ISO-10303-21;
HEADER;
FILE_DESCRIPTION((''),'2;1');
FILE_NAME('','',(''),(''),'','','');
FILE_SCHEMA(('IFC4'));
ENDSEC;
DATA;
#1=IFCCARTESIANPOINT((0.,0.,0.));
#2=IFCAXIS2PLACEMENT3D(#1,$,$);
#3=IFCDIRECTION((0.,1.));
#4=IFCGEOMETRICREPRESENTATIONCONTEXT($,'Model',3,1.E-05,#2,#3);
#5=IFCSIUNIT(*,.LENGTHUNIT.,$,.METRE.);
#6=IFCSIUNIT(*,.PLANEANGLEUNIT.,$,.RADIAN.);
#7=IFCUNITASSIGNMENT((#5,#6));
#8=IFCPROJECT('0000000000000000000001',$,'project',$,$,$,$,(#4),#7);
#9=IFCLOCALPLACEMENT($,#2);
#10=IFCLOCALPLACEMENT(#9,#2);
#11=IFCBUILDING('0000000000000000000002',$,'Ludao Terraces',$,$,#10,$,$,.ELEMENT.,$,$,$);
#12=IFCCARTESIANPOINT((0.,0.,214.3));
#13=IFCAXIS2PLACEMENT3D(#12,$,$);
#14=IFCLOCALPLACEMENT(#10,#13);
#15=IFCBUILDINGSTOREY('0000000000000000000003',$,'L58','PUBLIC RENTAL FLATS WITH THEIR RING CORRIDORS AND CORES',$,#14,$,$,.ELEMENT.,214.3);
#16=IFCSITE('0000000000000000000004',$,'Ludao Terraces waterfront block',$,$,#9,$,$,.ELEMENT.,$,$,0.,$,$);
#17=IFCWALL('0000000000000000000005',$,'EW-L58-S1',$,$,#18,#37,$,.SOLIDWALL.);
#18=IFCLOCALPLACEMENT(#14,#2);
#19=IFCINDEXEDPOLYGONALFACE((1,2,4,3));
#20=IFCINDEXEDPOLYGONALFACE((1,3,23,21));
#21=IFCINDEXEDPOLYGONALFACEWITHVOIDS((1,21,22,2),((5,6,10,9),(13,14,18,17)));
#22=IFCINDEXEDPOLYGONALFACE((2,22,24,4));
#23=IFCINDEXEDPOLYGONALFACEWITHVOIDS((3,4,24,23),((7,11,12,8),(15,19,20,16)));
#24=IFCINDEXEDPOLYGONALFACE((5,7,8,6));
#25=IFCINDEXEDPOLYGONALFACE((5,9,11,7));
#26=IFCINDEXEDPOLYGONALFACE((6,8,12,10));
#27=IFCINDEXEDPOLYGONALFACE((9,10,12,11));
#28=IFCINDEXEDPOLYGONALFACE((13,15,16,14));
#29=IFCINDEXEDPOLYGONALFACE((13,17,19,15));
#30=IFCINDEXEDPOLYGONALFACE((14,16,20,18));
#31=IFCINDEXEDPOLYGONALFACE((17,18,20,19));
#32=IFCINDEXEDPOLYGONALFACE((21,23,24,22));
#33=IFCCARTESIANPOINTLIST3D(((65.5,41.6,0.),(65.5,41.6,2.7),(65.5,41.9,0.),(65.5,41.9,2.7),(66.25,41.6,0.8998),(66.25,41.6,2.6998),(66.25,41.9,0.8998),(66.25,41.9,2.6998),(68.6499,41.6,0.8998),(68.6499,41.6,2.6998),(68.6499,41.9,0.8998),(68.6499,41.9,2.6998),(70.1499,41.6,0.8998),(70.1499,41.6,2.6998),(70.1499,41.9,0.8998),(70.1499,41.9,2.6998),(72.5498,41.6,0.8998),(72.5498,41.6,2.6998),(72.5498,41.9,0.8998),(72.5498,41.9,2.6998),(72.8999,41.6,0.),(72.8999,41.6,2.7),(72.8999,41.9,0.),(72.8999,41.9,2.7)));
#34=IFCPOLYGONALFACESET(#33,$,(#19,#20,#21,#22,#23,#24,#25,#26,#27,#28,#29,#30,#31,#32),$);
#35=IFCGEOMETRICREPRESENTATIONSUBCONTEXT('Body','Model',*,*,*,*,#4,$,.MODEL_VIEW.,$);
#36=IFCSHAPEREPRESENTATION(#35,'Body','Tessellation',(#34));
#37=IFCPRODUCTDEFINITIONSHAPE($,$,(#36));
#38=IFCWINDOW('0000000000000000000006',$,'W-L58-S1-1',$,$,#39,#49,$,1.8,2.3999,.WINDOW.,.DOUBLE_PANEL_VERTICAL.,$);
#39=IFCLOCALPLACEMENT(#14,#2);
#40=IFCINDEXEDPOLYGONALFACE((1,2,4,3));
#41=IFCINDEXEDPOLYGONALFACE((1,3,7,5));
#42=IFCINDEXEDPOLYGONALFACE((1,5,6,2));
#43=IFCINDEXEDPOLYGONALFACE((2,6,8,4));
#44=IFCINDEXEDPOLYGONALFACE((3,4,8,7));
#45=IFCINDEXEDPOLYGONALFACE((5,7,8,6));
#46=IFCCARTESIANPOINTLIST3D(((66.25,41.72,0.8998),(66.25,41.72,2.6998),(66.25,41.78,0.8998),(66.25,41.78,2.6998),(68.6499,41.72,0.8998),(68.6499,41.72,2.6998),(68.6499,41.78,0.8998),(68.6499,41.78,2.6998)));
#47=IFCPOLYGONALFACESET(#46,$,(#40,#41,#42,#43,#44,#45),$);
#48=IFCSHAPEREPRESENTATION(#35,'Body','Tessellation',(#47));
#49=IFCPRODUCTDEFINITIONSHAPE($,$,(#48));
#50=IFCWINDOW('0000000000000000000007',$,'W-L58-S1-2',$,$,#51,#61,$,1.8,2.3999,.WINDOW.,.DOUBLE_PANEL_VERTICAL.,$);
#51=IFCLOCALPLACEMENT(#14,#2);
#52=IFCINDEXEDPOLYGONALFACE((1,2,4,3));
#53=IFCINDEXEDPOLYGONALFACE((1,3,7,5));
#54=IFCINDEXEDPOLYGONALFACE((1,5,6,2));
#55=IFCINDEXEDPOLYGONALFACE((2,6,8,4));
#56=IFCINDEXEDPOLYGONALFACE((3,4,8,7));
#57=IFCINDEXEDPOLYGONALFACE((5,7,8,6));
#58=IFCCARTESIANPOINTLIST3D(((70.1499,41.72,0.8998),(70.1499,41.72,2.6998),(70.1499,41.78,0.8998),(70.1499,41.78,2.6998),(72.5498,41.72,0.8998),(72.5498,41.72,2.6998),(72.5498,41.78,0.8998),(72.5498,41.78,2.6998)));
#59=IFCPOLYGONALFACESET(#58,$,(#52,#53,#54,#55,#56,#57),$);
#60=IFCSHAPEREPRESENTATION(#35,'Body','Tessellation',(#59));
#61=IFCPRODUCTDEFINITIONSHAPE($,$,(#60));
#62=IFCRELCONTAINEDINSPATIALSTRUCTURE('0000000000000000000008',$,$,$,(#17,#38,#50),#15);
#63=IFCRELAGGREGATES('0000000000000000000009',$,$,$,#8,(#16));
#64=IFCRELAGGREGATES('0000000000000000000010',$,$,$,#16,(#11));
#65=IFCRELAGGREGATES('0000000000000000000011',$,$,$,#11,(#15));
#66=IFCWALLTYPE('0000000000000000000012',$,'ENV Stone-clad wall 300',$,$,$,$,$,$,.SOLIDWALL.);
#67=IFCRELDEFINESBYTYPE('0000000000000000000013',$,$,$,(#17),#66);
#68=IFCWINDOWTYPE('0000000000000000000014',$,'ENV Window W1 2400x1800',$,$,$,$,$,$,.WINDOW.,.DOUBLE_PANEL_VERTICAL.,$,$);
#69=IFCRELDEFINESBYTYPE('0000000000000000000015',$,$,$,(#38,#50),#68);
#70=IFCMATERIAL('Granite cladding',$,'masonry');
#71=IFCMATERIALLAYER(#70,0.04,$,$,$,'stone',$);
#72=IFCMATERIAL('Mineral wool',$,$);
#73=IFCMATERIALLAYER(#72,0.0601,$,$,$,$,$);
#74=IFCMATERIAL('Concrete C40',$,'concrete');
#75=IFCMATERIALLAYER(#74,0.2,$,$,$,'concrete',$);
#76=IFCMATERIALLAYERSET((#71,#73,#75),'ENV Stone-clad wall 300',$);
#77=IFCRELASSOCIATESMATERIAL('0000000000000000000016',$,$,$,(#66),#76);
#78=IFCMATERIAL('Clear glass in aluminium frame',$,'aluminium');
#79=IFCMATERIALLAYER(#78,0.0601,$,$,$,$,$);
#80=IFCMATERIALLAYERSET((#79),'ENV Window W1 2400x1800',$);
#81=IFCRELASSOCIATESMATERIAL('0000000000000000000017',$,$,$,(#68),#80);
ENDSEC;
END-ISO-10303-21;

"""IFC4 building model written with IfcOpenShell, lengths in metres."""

from ifc_helpers import new_model, si_unit, direction, frame, frame_2d, origin, place, context, subcontext, project, spatial, rectangle, extrude, material, layer, layer_set, type_object, element, fill, save


model = new_model("IFC4")

# Units and contexts
model_context = context("Model", 3, precision=1e-05, world=origin(), true_north=direction((0.0, 1.0)))
body_context = subcontext(model_context, "Body", "Model", "MODEL_VIEW")
ifc_project = project(units=[si_unit("LENGTHUNIT", "METRE"), si_unit("PLANEANGLEUNIT", "RADIAN")], contexts=[model_context])

# Site, building, storey
site_placement = place(None, origin())
site = spatial("IfcSite", under=ifc_project, at=site_placement, Name="Ludao Terraces waterfront block", CompositionType="ELEMENT", RefElevation=0.0)
building_placement = place(site_placement, origin())
building = spatial("IfcBuilding", under=site, at=building_placement, Name="Ludao Terraces", CompositionType="ELEMENT")
storey_placement = place(building_placement, frame((0.0, 0.0, 214.3)))
storey = spatial("IfcBuildingStorey", under=building, at=storey_placement, Name="L58", Description="PUBLIC RENTAL FLATS WITH THEIR RING CORRIDORS AND CORES", CompositionType="ELEMENT", Elevation=214.3)

# Wall, openings, windows
ifc_material_1 = material(Name="Granite cladding", Category="masonry")
ifc_layer_1 = layer(ifc_material_1, 0.04, Category="stone")
ifc_material_2 = material(Name="Mineral wool")
ifc_layer_2 = layer(ifc_material_2, 0.0601)
ifc_material_3 = material(Name="Concrete C40", Category="concrete")
ifc_layer_3 = layer(ifc_material_3, 0.2, Category="concrete")
ifc_layer_set_1 = layer_set([ifc_layer_1, ifc_layer_2, ifc_layer_3], Name="ENV Stone-clad wall 300")
wall_type_1 = type_object("IfcWallType", Name="ENV Stone-clad wall 300", PredefinedType="SOLIDWALL", material=ifc_layer_set_1)
wall_1_placement = place(storey_placement, frame((65.5, 41.75, 0.0), z_axis=(0.0, 0.0, 1.0), x_axis=(1.0, 0.0, 0.0)))
wall_1 = element("IfcWall", 1, at=wall_1_placement, inside=storey, type_object=wall_type_1, Name="EW-L58-S1", PredefinedType="SOLIDWALL", context=body_context, shape_type="SweptSolid", body=[
    extrude(rectangle(XDim=7.3999, YDim=0.3, at=frame_2d((3.7, 0.0))), origin(), (0.0, 0.0, 1.0), 2.7),
])
opening_1_placement = place(wall_1_placement, frame((0.75, 0.0, 0.8999)))
opening_1 = element("IfcOpeningElement", 2, at=opening_1_placement, cuts=wall_1, PredefinedType="OPENING", context=body_context, shape_type="SweptSolid", body=[
    extrude(rectangle(XDim=2.3999, YDim=1.8, at=frame_2d((1.2, 0.8999))), frame((0.0, 0.1602, 0.0), z_axis=(0.0, -1.0, 0.0), x_axis=(1.0, 0.0, 0.0)), (0.0, 0.0, 1.0), 0.3201),
])
opening_2_placement = place(wall_1_placement, frame((4.6499, 0.0, 0.8999)))
opening_2 = element("IfcOpeningElement", 3, at=opening_2_placement, cuts=wall_1, PredefinedType="OPENING", context=body_context, shape_type="SweptSolid", body=[
    extrude(rectangle(XDim=2.3999, YDim=1.8, at=frame_2d((1.2, 0.8999))), frame((0.0, 0.1602, 0.0), z_axis=(0.0, -1.0, 0.0), x_axis=(1.0, 0.0, 0.0)), (0.0, 0.0, 1.0), 0.3201),
])
ifc_material_4 = material(Name="Clear glass in aluminium frame", Category="aluminium")
ifc_layer_4 = layer(ifc_material_4, 0.0601)
ifc_layer_set_2 = layer_set([ifc_layer_4], Name="ENV Window W1 2400x1800")
window_type = type_object("IfcWindowType", Name="ENV Window W1 2400x1800", PartitioningType="DOUBLE_PANEL_VERTICAL", PredefinedType="WINDOW", material=ifc_layer_set_2)
window_1_placement = place(opening_1_placement, origin())
window_1 = element("IfcWindow", 4, at=window_1_placement, inside=storey, type_object=window_type, Name="W-L58-S1-1", OverallHeight=1.8, OverallWidth=2.3999, PartitioningType="DOUBLE_PANEL_VERTICAL", PredefinedType="WINDOW", context=body_context, shape_type="SweptSolid", body=[
    extrude(rectangle(XDim=2.3999, YDim=1.8, at=frame_2d((1.2, 0.8999))), frame((0.0, 0.03, 0.0), z_axis=(0.0, -1.0, 0.0), x_axis=(1.0, 0.0, 0.0)), (0.0, 0.0, 1.0), 0.0601),
])
fill(opening_1, window_1)
window_2_placement = place(opening_2_placement, origin())
window_2 = element("IfcWindow", 5, at=window_2_placement, inside=storey, type_object=window_type, Name="W-L58-S1-2", OverallHeight=1.8, OverallWidth=2.3999, PartitioningType="DOUBLE_PANEL_VERTICAL", PredefinedType="WINDOW", context=body_context, shape_type="SweptSolid", body=[
    extrude(rectangle(XDim=2.3999, YDim=1.8, at=frame_2d((1.2, 0.8999))), frame((0.0, 0.03, 0.0), z_axis=(0.0, -1.0, 0.0), x_axis=(1.0, 0.0, 0.0)), (0.0, 0.0, 1.0), 0.0601),
])
fill(opening_2, window_2)

save(model, "model.ifc")
